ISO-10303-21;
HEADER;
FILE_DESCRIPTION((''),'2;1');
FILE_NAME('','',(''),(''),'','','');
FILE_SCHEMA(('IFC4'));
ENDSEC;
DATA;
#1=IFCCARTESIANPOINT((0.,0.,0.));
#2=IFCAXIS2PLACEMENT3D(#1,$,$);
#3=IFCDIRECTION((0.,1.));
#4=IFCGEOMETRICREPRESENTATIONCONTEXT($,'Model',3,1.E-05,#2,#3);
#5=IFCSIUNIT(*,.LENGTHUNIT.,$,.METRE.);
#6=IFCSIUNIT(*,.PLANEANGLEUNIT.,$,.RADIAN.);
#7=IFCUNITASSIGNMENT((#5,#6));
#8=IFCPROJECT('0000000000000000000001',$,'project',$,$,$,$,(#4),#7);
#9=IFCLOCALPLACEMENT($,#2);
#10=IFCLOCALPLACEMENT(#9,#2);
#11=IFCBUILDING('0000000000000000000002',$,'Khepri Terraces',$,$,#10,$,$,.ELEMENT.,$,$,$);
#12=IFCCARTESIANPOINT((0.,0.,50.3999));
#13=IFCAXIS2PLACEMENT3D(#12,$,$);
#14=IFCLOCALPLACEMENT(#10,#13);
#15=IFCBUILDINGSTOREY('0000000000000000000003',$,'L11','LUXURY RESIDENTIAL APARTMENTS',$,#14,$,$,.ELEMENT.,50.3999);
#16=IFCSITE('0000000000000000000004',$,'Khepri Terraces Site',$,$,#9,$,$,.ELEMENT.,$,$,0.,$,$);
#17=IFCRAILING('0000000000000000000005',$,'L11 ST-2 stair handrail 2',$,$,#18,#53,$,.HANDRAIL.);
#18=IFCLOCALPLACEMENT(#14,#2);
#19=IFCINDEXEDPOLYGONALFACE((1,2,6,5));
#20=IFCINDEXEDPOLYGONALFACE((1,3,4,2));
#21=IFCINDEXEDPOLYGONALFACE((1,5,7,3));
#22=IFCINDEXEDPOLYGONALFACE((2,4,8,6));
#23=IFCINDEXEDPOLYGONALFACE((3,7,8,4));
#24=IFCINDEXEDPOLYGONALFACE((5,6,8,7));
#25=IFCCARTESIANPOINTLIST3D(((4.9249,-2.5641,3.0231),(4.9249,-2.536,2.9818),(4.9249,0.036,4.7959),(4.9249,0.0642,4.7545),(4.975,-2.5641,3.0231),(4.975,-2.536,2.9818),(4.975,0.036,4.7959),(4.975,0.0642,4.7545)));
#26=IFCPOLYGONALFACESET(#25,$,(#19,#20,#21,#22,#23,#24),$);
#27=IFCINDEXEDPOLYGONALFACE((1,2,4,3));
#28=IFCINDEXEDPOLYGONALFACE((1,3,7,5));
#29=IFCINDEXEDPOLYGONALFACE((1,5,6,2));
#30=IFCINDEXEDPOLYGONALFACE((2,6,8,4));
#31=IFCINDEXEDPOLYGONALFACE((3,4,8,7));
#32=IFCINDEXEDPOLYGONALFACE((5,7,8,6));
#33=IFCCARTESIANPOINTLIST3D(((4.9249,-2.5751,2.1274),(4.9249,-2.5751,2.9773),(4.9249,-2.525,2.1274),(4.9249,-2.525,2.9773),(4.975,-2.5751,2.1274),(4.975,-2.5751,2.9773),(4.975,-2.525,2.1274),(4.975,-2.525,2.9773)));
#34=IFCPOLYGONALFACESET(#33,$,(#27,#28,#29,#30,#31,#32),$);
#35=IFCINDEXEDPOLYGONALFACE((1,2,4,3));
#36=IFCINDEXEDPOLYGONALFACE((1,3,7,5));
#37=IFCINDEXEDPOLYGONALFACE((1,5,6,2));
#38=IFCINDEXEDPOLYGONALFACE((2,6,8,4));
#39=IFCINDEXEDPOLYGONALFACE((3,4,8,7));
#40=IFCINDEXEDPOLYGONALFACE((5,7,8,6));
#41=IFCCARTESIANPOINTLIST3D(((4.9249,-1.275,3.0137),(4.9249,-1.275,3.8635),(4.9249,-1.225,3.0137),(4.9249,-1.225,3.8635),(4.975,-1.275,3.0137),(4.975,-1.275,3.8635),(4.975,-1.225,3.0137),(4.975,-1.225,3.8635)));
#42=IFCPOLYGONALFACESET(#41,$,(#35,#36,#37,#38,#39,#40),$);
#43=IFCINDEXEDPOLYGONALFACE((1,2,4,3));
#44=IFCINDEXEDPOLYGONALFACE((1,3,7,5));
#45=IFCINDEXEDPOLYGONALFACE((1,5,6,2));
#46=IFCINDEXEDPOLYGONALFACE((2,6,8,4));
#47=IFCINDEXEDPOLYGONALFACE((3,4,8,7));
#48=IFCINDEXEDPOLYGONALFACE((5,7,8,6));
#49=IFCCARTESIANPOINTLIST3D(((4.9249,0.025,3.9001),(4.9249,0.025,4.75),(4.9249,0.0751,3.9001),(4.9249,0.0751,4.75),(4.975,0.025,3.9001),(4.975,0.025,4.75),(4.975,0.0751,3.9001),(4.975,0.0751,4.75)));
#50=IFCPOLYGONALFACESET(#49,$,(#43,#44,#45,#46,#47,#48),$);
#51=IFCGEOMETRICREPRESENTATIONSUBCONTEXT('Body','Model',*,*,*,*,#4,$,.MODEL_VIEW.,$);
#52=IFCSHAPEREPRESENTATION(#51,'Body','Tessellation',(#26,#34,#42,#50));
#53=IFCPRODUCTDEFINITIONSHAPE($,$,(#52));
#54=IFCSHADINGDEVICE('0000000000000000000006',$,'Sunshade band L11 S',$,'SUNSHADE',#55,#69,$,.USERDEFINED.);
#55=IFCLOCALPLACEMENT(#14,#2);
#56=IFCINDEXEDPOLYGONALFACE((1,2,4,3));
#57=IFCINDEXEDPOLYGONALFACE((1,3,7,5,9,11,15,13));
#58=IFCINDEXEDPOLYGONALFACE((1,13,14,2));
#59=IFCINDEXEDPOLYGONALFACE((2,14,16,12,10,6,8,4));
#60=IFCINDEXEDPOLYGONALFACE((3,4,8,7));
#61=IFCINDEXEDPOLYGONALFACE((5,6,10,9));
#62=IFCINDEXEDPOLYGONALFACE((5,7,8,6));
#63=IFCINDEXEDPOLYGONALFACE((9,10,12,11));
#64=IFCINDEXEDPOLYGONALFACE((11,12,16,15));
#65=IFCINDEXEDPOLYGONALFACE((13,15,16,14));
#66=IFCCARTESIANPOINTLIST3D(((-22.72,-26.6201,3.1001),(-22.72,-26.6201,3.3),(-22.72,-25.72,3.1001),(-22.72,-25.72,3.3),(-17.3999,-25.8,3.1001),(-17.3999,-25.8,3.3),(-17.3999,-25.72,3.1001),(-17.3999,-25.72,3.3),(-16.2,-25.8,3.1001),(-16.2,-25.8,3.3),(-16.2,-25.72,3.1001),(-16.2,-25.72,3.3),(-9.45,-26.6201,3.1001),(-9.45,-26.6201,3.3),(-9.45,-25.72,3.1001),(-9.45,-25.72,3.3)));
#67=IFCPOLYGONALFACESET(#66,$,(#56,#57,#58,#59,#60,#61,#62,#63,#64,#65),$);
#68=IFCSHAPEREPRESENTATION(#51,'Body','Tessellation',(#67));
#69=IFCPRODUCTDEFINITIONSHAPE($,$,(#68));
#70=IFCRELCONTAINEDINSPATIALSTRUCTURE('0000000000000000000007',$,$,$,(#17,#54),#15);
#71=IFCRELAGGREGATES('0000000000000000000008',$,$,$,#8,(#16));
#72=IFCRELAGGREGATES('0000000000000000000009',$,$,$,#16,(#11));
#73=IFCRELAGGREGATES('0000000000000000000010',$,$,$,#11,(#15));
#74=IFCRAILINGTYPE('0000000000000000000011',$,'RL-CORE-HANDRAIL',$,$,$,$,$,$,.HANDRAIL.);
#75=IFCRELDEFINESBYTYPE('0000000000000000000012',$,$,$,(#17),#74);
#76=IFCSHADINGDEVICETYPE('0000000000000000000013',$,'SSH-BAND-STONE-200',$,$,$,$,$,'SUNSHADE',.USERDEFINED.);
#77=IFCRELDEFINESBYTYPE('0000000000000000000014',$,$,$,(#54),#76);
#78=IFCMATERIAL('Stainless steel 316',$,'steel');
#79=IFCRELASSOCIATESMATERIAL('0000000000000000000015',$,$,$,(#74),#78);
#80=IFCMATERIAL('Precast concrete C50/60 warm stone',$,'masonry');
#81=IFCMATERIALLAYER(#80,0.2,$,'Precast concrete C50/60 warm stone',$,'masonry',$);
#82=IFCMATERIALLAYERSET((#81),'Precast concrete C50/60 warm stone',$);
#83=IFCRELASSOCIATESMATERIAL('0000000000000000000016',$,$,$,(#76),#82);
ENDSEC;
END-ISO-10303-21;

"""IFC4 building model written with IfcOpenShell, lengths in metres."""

from ifc_helpers import new_model, si_unit, direction, frame, origin, origin_2d, place, context, subcontext, project, spatial, polyline, rectangle, outline, extrude, material, layer, layer_set, type_object, element, save


model = new_model("IFC4")

# Units and contexts
model_context = context("Model", 3, precision=1e-05, world=origin(), true_north=direction((0.0, 1.0)))
body_context = subcontext(model_context, "Body", "Model", "MODEL_VIEW")
ifc_project = project(units=[si_unit("LENGTHUNIT", "METRE"), si_unit("PLANEANGLEUNIT", "RADIAN")], contexts=[model_context])

# Site, building, storey
site_placement = place(None, origin())
site = spatial("IfcSite", under=ifc_project, at=site_placement, Name="Khepri Terraces Site", CompositionType="ELEMENT", RefElevation=0.0)
building_placement = place(site_placement, origin())
building = spatial("IfcBuilding", under=site, at=building_placement, Name="Khepri Terraces", CompositionType="ELEMENT")
storey_placement = place(building_placement, frame((0.0, 0.0, 50.3999)))
storey = spatial("IfcBuildingStorey", under=building, at=storey_placement, Name="L11", Description="LUXURY RESIDENTIAL APARTMENTS", CompositionType="ELEMENT", Elevation=50.3999)

# Shared definitions
ifc_material_1 = material(Name="Precast concrete C50/60 warm stone", Category="masonry")

# Railing
ifc_material_2 = material(Name="Stainless steel 316", Category="steel")
railing_type_1 = type_object("IfcRailingType", Name="RL-CORE-HANDRAIL", PredefinedType="HANDRAIL", material=ifc_material_2)
railing_1_placement = place(storey_placement, frame((4.95, -2.55, 2.1274)))
element("IfcRailing", 1, at=railing_1_placement, inside=storey, type_object=railing_type_1, Name="L11 ST-2 stair handrail 2", PredefinedType="HANDRAIL", context=body_context, shape_type="SweptSolid", body=[
    extrude(rectangle(XDim=0.05, YDim=0.05, at=origin_2d()), frame((0.0, 0.0, 0.875), z_axis=(0.0, 0.82624, 0.563318), x_axis=(-1.0, 0.0, 0.0)), (0.0, 0.0, 1.0), 3.147),
    extrude(rectangle(XDim=0.05, YDim=0.05, at=origin_2d()), origin(), (0.0, 0.0, 1.0), 0.8499),
    extrude(rectangle(XDim=0.05, YDim=0.05, at=origin_2d()), frame((0.0, 1.3, 0.8862)), (0.0, 0.0, 1.0), 0.8499),
    extrude(rectangle(XDim=0.05, YDim=0.05, at=origin_2d()), frame((0.0, 2.6001, 1.7727)), (0.0, 0.0, 1.0), 0.8499),
])

# Shading device
ifc_layer_1 = layer(ifc_material_1, 0.2, Name="Precast concrete C50/60 warm stone", Category="masonry")
ifc_layer_set_1 = layer_set([ifc_layer_1], Name="Precast concrete C50/60 warm stone")
shading_device_type = type_object("IfcShadingDeviceType", Name="SSH-BAND-STONE-200", ElementType="SUNSHADE", PredefinedType="USERDEFINED", material=ifc_layer_set_1)
shading_device_placement = place(storey_placement, frame((0.0, 0.0, 3.1001)))
element("IfcShadingDevice", 2, at=shading_device_placement, inside=storey, type_object=shading_device_type, Name="Sunshade band L11 S", ObjectType="SUNSHADE", PredefinedType="USERDEFINED", context=body_context, shape_type="SweptSolid", body=[
    extrude(outline(polyline([(-17.3999, -25.72), (-22.72, -25.72), (-22.72, -26.6201), (-9.45, -26.6201), (-9.45, -25.72), (-16.2, -25.72), (-16.2, -25.8), (-17.3999, -25.8), (-17.3999, -25.72)])), origin(), (0.0, 0.0, 1.0), 0.2),
])

save(model, "model.ifc")
